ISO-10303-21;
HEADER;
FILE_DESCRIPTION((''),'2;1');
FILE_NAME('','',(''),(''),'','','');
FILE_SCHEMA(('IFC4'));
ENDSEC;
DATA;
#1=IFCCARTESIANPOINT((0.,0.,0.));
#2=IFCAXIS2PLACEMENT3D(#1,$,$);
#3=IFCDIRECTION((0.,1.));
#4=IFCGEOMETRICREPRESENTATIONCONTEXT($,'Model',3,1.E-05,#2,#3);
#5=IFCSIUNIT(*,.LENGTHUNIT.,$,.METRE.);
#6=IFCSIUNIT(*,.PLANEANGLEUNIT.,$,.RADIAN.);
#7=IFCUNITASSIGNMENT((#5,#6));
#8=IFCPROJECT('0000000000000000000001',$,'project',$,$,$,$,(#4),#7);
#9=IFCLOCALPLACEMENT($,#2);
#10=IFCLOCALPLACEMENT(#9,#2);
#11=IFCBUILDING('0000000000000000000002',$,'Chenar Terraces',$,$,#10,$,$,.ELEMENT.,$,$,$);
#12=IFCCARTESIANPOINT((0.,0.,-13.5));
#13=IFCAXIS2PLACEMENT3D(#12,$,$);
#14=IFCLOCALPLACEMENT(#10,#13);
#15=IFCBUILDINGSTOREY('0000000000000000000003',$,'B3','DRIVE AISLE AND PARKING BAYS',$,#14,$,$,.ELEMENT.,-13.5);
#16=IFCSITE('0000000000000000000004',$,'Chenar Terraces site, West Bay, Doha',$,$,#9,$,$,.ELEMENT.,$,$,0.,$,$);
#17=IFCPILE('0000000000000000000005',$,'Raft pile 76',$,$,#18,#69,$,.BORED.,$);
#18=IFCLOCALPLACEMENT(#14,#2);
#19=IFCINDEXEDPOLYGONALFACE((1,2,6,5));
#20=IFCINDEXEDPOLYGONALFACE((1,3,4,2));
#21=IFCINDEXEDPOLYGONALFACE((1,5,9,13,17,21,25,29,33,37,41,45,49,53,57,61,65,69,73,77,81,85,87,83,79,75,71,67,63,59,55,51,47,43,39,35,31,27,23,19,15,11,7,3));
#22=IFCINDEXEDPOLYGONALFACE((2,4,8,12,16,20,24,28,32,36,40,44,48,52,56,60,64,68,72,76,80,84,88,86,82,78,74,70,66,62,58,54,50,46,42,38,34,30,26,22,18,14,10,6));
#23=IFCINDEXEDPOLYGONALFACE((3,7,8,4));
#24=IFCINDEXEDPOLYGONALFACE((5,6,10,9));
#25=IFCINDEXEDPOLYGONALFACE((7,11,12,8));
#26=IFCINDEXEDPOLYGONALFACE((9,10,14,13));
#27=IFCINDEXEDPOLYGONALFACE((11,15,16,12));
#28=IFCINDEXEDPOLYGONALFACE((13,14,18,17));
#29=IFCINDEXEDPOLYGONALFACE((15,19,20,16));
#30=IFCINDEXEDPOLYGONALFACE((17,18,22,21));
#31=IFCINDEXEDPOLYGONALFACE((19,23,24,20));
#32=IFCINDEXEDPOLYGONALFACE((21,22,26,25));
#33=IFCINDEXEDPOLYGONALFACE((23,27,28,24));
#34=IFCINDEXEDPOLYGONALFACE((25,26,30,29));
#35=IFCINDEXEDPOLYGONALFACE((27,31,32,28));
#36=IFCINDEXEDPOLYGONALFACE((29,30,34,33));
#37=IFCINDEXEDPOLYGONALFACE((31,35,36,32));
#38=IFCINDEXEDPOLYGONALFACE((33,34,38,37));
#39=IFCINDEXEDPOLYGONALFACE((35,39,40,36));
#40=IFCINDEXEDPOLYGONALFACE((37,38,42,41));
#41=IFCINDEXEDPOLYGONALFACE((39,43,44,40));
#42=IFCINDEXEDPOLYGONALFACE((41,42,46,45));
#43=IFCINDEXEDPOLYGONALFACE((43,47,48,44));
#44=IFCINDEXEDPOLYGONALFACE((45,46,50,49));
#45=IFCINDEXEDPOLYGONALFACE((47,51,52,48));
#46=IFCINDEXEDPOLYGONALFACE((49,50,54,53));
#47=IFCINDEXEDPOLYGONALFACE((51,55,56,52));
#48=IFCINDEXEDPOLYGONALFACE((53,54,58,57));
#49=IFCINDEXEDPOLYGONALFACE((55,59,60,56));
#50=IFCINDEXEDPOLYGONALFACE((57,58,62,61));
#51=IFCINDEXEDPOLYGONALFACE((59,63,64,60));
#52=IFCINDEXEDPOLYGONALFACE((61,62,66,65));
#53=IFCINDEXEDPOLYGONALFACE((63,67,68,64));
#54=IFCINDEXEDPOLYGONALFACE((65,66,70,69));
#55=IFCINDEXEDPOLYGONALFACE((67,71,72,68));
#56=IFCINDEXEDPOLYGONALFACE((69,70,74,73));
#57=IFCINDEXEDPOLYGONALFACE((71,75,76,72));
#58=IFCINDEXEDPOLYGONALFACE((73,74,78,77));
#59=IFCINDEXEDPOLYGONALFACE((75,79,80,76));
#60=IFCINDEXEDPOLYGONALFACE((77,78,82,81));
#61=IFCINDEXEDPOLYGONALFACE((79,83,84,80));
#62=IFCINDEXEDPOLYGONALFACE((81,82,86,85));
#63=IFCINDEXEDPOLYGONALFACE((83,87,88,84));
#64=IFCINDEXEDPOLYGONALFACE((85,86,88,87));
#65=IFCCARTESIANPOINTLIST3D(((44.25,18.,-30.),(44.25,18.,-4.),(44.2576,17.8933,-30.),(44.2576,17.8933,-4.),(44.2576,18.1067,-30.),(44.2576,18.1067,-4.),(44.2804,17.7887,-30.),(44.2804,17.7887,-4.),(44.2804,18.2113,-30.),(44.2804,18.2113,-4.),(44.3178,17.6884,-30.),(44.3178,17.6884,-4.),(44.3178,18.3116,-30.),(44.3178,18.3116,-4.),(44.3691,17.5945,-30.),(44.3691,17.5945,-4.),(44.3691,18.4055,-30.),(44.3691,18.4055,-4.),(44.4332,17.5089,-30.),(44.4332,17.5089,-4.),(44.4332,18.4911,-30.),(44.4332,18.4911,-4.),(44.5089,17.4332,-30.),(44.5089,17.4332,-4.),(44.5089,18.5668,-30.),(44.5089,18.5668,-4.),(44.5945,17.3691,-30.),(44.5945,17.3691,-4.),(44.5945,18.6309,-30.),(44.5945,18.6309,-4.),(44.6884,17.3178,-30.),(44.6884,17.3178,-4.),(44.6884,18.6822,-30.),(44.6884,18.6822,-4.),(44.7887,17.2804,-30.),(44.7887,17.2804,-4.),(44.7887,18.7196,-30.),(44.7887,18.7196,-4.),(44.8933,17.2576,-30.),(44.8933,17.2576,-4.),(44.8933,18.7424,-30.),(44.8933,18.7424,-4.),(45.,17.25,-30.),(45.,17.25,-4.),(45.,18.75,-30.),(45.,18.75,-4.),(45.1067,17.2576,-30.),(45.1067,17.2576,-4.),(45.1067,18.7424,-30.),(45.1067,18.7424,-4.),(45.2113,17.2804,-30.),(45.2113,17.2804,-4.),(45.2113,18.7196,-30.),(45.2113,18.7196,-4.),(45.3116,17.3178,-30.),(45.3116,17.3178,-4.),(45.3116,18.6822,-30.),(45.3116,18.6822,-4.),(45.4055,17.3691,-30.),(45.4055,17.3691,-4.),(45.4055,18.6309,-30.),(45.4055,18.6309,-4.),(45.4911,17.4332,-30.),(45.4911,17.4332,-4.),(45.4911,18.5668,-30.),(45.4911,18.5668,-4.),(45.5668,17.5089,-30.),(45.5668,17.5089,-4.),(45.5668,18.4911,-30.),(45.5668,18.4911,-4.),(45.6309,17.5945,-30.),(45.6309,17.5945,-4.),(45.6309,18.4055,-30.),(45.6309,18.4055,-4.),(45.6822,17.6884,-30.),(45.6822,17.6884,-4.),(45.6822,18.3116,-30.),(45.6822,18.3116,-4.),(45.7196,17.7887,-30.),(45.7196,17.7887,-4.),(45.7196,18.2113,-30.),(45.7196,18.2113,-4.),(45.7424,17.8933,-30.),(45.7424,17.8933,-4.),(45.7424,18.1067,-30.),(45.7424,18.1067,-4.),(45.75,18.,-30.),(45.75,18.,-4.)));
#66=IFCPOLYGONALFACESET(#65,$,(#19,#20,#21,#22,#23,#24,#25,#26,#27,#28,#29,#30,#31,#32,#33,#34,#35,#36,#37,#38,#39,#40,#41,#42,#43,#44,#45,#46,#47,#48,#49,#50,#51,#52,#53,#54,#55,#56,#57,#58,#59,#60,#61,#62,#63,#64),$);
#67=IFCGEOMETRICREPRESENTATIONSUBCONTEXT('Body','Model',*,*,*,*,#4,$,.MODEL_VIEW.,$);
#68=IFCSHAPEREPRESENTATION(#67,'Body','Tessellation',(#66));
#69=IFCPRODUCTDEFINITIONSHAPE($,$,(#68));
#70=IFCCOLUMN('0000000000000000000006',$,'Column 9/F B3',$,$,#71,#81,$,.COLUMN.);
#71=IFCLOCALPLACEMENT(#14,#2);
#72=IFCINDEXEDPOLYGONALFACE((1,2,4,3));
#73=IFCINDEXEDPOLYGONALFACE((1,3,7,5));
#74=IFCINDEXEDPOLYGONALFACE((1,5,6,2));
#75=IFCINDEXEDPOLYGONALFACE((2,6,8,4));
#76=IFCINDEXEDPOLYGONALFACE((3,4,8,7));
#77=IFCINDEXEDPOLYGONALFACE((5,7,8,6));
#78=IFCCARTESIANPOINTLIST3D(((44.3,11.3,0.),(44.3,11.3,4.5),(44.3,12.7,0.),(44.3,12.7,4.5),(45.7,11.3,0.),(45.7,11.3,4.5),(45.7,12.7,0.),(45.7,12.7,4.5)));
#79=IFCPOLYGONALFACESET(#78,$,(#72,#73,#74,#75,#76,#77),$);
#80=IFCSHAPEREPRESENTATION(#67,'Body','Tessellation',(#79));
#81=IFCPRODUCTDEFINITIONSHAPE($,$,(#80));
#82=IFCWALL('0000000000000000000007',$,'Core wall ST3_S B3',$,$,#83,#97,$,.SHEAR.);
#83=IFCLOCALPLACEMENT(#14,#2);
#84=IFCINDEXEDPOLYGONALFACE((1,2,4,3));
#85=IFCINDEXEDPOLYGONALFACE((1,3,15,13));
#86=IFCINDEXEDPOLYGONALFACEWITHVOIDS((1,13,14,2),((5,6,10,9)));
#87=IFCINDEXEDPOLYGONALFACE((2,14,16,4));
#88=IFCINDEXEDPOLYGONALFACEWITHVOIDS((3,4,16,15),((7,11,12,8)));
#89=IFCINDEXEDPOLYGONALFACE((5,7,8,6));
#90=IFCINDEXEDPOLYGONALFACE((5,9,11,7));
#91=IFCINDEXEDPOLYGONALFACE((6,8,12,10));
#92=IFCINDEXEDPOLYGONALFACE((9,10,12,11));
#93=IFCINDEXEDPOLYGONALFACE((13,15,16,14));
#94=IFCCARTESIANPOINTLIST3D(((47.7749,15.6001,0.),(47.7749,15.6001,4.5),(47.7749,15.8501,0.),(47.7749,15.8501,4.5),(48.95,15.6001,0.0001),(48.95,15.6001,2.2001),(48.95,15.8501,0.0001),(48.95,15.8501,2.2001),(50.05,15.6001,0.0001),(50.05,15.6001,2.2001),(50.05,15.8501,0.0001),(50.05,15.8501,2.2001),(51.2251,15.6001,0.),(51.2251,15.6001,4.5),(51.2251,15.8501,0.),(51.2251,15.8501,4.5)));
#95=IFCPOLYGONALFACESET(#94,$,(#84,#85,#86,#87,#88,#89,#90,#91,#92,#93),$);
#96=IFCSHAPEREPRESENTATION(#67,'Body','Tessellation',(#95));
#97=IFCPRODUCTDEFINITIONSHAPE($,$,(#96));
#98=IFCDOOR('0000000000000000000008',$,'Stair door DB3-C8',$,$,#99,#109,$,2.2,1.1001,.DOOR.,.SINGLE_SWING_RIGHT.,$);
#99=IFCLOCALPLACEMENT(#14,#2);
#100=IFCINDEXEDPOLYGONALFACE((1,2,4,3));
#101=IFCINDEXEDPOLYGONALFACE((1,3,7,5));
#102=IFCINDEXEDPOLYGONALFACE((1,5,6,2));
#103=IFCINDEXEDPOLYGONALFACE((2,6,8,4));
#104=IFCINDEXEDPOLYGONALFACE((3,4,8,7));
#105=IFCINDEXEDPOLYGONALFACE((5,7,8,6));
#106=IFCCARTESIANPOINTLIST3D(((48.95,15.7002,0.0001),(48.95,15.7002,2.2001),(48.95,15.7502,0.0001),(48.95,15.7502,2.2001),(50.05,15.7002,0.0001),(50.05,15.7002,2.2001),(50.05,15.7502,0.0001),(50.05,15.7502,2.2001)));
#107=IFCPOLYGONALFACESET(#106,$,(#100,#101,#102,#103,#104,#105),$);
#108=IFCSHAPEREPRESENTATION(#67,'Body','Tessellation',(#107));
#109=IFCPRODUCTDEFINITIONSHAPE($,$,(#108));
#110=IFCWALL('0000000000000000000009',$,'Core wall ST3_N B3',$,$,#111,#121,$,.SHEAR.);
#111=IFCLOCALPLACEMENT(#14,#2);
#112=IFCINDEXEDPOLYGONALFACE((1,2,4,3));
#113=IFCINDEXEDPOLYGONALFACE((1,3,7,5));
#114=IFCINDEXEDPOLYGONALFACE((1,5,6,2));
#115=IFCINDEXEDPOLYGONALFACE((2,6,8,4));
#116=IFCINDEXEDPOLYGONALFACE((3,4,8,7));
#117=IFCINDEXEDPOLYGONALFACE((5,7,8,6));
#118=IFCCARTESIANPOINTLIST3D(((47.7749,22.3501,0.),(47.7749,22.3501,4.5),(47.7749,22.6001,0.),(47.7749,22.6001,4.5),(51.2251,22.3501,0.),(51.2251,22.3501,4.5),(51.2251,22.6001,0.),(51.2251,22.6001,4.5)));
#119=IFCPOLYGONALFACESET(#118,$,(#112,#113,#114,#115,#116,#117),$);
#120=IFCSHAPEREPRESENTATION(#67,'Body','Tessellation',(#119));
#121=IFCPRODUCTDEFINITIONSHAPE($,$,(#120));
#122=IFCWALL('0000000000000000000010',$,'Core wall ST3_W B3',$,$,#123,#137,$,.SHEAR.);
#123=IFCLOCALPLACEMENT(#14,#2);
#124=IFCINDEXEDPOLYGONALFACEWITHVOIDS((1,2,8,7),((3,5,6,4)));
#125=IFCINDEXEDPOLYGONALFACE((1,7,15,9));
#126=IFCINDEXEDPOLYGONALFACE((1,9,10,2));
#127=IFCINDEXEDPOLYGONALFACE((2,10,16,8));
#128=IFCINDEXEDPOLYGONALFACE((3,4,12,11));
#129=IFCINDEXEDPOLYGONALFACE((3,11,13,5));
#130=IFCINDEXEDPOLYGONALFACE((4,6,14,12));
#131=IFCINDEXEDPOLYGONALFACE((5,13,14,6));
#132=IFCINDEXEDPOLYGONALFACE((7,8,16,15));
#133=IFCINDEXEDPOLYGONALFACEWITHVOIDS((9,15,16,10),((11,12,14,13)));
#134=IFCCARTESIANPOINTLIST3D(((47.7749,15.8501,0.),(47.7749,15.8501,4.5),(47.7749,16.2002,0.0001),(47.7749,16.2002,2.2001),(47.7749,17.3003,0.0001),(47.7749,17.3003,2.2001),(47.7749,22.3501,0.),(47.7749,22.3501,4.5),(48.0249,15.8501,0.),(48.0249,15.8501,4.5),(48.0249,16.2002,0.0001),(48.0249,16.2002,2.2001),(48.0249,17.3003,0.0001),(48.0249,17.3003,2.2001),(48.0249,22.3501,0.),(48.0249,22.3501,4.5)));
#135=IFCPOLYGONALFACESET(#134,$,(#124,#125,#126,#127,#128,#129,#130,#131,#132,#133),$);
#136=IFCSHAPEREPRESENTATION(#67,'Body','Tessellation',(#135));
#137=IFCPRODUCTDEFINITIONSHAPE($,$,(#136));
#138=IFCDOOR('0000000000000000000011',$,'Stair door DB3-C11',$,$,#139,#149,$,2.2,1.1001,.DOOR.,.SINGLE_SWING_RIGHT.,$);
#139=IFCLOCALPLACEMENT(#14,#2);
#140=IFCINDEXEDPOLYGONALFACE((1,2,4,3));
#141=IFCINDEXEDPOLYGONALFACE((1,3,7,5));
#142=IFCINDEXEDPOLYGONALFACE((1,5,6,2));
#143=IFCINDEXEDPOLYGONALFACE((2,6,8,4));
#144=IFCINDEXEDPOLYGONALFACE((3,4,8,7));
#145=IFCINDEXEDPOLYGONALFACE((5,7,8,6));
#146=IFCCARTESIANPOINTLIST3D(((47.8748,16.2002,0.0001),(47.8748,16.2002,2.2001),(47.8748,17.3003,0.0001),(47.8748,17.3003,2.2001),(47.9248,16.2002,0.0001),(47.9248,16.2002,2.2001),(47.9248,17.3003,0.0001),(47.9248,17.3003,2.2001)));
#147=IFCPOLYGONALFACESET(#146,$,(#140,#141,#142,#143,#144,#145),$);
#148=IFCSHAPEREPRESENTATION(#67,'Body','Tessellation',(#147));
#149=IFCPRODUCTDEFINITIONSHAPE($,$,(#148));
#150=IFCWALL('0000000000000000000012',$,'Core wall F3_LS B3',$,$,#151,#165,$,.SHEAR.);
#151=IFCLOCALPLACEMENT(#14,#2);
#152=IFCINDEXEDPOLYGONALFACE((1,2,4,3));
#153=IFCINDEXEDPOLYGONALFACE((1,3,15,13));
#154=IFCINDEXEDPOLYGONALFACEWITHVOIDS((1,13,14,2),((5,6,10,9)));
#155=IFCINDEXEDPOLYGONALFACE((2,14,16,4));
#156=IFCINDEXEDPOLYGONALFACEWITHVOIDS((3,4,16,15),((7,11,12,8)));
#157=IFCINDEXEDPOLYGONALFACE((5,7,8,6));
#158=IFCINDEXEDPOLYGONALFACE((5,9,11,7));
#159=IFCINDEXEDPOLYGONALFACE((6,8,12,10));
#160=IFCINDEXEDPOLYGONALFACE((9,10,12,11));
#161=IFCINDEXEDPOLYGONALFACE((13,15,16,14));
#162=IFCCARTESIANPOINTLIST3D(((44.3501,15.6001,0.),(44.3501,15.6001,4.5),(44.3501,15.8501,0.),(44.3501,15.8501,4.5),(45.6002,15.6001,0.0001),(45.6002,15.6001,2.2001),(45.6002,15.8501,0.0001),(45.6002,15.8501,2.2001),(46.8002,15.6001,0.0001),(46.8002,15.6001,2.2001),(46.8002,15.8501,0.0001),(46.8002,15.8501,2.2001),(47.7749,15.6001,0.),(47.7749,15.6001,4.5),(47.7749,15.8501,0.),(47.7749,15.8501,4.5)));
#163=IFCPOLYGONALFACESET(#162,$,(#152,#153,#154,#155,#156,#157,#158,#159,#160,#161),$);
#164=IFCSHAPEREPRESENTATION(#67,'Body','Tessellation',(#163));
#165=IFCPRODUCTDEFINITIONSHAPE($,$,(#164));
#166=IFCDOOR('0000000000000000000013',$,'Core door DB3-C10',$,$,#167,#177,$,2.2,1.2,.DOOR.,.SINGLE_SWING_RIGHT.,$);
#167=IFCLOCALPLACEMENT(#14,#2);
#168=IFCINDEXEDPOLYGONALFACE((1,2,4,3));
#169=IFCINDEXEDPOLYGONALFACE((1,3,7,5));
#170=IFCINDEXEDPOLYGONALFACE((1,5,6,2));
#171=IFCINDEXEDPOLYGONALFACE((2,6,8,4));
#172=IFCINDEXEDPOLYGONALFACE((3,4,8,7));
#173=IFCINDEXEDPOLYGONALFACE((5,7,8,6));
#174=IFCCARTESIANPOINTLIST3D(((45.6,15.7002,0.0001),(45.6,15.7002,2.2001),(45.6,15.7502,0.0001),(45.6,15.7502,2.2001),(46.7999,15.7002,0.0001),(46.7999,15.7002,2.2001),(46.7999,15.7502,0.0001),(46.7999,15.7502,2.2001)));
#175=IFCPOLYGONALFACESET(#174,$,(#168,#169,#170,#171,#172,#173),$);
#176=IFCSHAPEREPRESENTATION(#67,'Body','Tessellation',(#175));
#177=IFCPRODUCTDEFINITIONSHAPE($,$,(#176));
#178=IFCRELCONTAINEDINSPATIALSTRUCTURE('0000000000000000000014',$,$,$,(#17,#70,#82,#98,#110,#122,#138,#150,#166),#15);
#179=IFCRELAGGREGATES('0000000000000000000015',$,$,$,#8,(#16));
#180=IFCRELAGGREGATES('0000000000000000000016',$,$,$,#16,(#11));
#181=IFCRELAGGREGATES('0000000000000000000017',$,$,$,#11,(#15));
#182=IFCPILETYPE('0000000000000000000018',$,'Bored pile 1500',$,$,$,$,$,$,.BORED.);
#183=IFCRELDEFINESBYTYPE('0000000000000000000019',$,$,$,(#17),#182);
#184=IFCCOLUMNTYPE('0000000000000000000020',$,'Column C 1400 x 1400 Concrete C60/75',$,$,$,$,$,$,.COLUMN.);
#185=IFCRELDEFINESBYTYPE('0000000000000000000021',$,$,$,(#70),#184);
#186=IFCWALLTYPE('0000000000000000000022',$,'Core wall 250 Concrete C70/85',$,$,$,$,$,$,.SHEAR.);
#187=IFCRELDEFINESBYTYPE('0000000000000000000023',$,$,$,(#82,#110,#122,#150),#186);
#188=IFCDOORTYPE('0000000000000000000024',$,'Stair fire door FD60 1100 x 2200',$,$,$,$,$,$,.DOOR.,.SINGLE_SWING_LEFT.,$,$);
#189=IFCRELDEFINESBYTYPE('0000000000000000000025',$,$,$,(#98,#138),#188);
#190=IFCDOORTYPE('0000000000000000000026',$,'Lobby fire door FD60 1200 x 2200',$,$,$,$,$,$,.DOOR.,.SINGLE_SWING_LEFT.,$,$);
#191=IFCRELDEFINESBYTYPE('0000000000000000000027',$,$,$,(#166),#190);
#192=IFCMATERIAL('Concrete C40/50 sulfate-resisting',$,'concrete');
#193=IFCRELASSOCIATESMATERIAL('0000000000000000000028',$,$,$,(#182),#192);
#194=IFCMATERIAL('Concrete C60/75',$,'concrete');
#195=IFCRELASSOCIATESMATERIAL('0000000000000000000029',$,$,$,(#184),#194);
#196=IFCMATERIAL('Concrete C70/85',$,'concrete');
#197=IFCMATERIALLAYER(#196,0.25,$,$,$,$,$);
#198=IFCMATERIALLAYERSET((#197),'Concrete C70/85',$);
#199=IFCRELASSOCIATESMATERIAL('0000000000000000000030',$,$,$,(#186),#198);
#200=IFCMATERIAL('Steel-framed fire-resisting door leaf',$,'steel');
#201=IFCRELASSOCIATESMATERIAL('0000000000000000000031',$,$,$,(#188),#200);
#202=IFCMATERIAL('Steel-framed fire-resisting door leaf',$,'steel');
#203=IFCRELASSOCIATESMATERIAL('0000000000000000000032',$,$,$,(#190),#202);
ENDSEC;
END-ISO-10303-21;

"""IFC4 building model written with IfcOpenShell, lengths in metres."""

from ifc_helpers import new_model, si_unit, direction, frame, frame_2d, origin, origin_2d, place, context, subcontext, project, spatial, rectangle, circle, extrude, material, layer, layer_set, material_profile, profile_set, type_object, element, fill, save


model = new_model("IFC4")

# Units and contexts
model_context = context("Model", 3, precision=1e-05, world=origin(), true_north=direction((0.0, 1.0)))
body_context = subcontext(model_context, "Body", "Model", "MODEL_VIEW")
ifc_project = project(units=[si_unit("LENGTHUNIT", "METRE"), si_unit("PLANEANGLEUNIT", "RADIAN")], contexts=[model_context])

# Site, building, storey
site_placement = place(None, origin())
site = spatial("IfcSite", under=ifc_project, at=site_placement, Name="Chenar Terraces site, West Bay, Doha", CompositionType="ELEMENT", RefElevation=0.0)
building_placement = place(site_placement, origin())
building = spatial("IfcBuilding", under=site, at=building_placement, Name="Chenar Terraces", CompositionType="ELEMENT")
storey_placement = place(building_placement, frame((0.0, 0.0, -13.5)))
storey = spatial("IfcBuildingStorey", under=building, at=storey_placement, Name="B3", Description="DRIVE AISLE AND PARKING BAYS", CompositionType="ELEMENT", Elevation=-13.5)

# Pile
ifc_material_1 = material(Name="Concrete C40/50 sulfate-resisting", Category="concrete")
ifc_material_profile_1 = material_profile(ifc_material_1, circle(Radius=0.75, at=origin_2d()), Name="BP 1500")
ifc_profile_set_1 = profile_set([ifc_material_profile_1], Name="Concrete C40/50 sulfate-resisting")
pile_type = type_object("IfcPileType", Name="Bored pile 1500", PredefinedType="BORED", material=ifc_profile_set_1)
for number, where, z_axis, x_axis, name in (
    (1, (45.0, 18.0, -4.0), (0.0, 0.0, -1.0), (1.0, 0.0, 0.0), "Raft pile 76"),
):
    element("IfcPile", number, at=place(storey_placement, frame(where, z_axis=z_axis, x_axis=x_axis)), inside=storey, type_object=pile_type, Name=name, PredefinedType="BORED", context=body_context, shape_type="SweptSolid", body=[
        extrude(circle(Radius=0.75, at=origin_2d()), origin(), (0.0, 0.0, 1.0), 26.0),
    ])

# Column
ifc_material_2 = material(Name="Concrete C60/75", Category="concrete")
ifc_material_profile_2 = material_profile(ifc_material_2, rectangle(XDim=1.3999, YDim=1.3999, at=origin_2d()), Name="C 1400 x 1400")
ifc_profile_set_2 = profile_set([ifc_material_profile_2], Name="Concrete C60/75")
column_type = type_object("IfcColumnType", Name="Column C 1400 x 1400 Concrete C60/75", PredefinedType="COLUMN", material=ifc_profile_set_2)
column_placement = place(storey_placement, frame((45.0, 12.0, 0.0), z_axis=(0.0, 0.0, 1.0), x_axis=(1.0, 0.0, 0.0)))
element("IfcColumn", 2, at=column_placement, inside=storey, type_object=column_type, Name="Column 9/F B3", PredefinedType="COLUMN", context=body_context, shape_type="SweptSolid", body=[
    extrude(rectangle(XDim=1.3999, YDim=1.3999, at=origin_2d()), origin(), (0.0, 0.0, 1.0), 4.5),
])

# Wall, opening, door
ifc_material_3 = material(Name="Concrete C70/85", Category="concrete")
ifc_layer = layer(ifc_material_3, 0.25)
ifc_layer_set = layer_set([ifc_layer], Name="Concrete C70/85")
wall_type = type_object("IfcWallType", Name="Core wall 250 Concrete C70/85", PredefinedType="SHEAR", material=ifc_layer_set)
wall_1_placement = place(storey_placement, frame((47.7749, 15.7251, 0.0), z_axis=(0.0, 0.0, 1.0), x_axis=(1.0, 0.0, 0.0)))
wall_1 = element("IfcWall", 3, at=wall_1_placement, inside=storey, type_object=wall_type, Name="Core wall ST3_S B3", PredefinedType="SHEAR", context=body_context, shape_type="SweptSolid", body=[
    extrude(rectangle(XDim=3.4502, YDim=0.25, at=frame_2d((1.7251, 0.0))), origin(), (0.0, 0.0, 1.0), 4.5),
])
opening_1_placement = place(wall_1_placement, frame((1.175, 0.0, 0.0)))
opening_1 = element("IfcOpeningElement", 4, at=opening_1_placement, cuts=wall_1, PredefinedType="OPENING", context=body_context, shape_type="SweptSolid", body=[
    extrude(rectangle(XDim=1.1001, YDim=2.2, at=frame_2d((0.55, 1.1001))), frame((0.0, 0.135, 0.0), z_axis=(0.0, -1.0, 0.0), x_axis=(1.0, 0.0, 0.0)), (0.0, 0.0, 1.0), 0.27),
])
ifc_material_4 = material(Name="Steel-framed fire-resisting door leaf", Category="steel")
door_type_1 = type_object("IfcDoorType", Name="Stair fire door FD60 1100 x 2200", OperationType="SINGLE_SWING_LEFT", PredefinedType="DOOR", material=ifc_material_4)
door_1_placement = place(opening_1_placement, frame((1.1001, 0.0, 0.0), z_axis=(0.0, 0.0, 1.0), x_axis=(-1.0, 0.0, 0.0)))
door_1 = element("IfcDoor", 5, at=door_1_placement, inside=storey, type_object=door_type_1, Name="Stair door DB3-C8", OperationType="SINGLE_SWING_RIGHT", OverallHeight=2.2, OverallWidth=1.1001, PredefinedType="DOOR", context=body_context, shape_type="SweptSolid", body=[
    extrude(rectangle(XDim=1.1001, YDim=2.2, at=frame_2d((0.55, 1.1001))), frame((0.0, 0.0249, 0.0), z_axis=(0.0, -1.0, 0.0), x_axis=(1.0, 0.0, 0.0)), (0.0, 0.0, 1.0), 0.05),
])
fill(opening_1, door_1)

# Wall
wall_2_placement = place(storey_placement, frame((47.7749, 22.4751, 0.0), z_axis=(0.0, 0.0, 1.0), x_axis=(1.0, 0.0, 0.0)))
element("IfcWall", 6, at=wall_2_placement, inside=storey, type_object=wall_type, Name="Core wall ST3_N B3", PredefinedType="SHEAR", context=body_context, shape_type="SweptSolid", body=[
    extrude(rectangle(XDim=3.4502, YDim=0.25, at=frame_2d((1.7251, 0.0))), origin(), (0.0, 0.0, 1.0), 4.5),
])

# Walls, openings, doors
wall_3_placement = place(storey_placement, frame((47.8999, 15.8501, 0.0), z_axis=(0.0, 0.0, 1.0), x_axis=(0.0, 1.0, 0.0)))
wall_3 = element("IfcWall", 7, at=wall_3_placement, inside=storey, type_object=wall_type, Name="Core wall ST3_W B3", PredefinedType="SHEAR", context=body_context, shape_type="SweptSolid", body=[
    extrude(rectangle(XDim=6.5, YDim=0.25, at=frame_2d((3.25, 0.0))), origin(), (0.0, 0.0, 1.0), 4.5),
])
opening_2_placement = place(wall_3_placement, frame((0.3501, 0.0, 0.0)))
opening_2 = element("IfcOpeningElement", 8, at=opening_2_placement, cuts=wall_3, PredefinedType="OPENING", context=body_context, shape_type="SweptSolid", body=[
    extrude(rectangle(XDim=1.1001, YDim=2.2, at=frame_2d((0.55, 1.1001))), frame((0.0, 0.135, 0.0), z_axis=(0.0, -1.0, 0.0), x_axis=(1.0, 0.0, 0.0)), (0.0, 0.0, 1.0), 0.27),
])
door_2_placement = place(opening_2_placement, frame((1.1001, 0.0, 0.0), z_axis=(0.0, 0.0, 1.0), x_axis=(-1.0, 0.0, 0.0)))
door_2 = element("IfcDoor", 9, at=door_2_placement, inside=storey, type_object=door_type_1, Name="Stair door DB3-C11", OperationType="SINGLE_SWING_RIGHT", OverallHeight=2.2, OverallWidth=1.1001, PredefinedType="DOOR", context=body_context, shape_type="SweptSolid", body=[
    extrude(rectangle(XDim=1.1001, YDim=2.2, at=frame_2d((0.55, 1.1001))), frame((0.0, 0.0249, 0.0), z_axis=(0.0, -1.0, 0.0), x_axis=(1.0, 0.0, 0.0)), (0.0, 0.0, 1.0), 0.05),
])
fill(opening_2, door_2)
wall_4_placement = place(storey_placement, frame((44.3501, 15.7251, 0.0), z_axis=(0.0, 0.0, 1.0), x_axis=(1.0, 0.0, 0.0)))
wall_4 = element("IfcWall", 10, at=wall_4_placement, inside=storey, type_object=wall_type, Name="Core wall F3_LS B3", PredefinedType="SHEAR", context=body_context, shape_type="SweptSolid", body=[
    extrude(rectangle(XDim=3.4248, YDim=0.25, at=frame_2d((1.7124, 0.0))), origin(), (0.0, 0.0, 1.0), 4.5),
])
opening_3_placement = place(wall_4_placement, frame((1.25, 0.0, 0.0)))
opening_3 = element("IfcOpeningElement", 11, at=opening_3_placement, cuts=wall_4, PredefinedType="OPENING", context=body_context, shape_type="SweptSolid", body=[
    extrude(rectangle(XDim=1.2, YDim=2.2, at=frame_2d((0.6001, 1.1001))), frame((0.0, 0.135, 0.0), z_axis=(0.0, -1.0, 0.0), x_axis=(1.0, 0.0, 0.0)), (0.0, 0.0, 1.0), 0.27),
])
ifc_material_5 = material(Name="Steel-framed fire-resisting door leaf", Category="steel")
door_type_2 = type_object("IfcDoorType", Name="Lobby fire door FD60 1200 x 2200", OperationType="SINGLE_SWING_LEFT", PredefinedType="DOOR", material=ifc_material_5)
door_3_placement = place(opening_3_placement, frame((1.2, 0.0, 0.0), z_axis=(0.0, 0.0, 1.0), x_axis=(-1.0, 0.0, 0.0)))
door_3 = element("IfcDoor", 12, at=door_3_placement, inside=storey, type_object=door_type_2, Name="Core door DB3-C10", OperationType="SINGLE_SWING_RIGHT", OverallHeight=2.2, OverallWidth=1.2, PredefinedType="DOOR", context=body_context, shape_type="SweptSolid", body=[
    extrude(rectangle(XDim=1.2, YDim=2.2, at=frame_2d((0.6001, 1.1001))), frame((0.0, 0.0249, 0.0), z_axis=(0.0, -1.0, 0.0), x_axis=(1.0, 0.0, 0.0)), (0.0, 0.0, 1.0), 0.05),
])
fill(opening_3, door_3)

save(model, "model.ifc")
